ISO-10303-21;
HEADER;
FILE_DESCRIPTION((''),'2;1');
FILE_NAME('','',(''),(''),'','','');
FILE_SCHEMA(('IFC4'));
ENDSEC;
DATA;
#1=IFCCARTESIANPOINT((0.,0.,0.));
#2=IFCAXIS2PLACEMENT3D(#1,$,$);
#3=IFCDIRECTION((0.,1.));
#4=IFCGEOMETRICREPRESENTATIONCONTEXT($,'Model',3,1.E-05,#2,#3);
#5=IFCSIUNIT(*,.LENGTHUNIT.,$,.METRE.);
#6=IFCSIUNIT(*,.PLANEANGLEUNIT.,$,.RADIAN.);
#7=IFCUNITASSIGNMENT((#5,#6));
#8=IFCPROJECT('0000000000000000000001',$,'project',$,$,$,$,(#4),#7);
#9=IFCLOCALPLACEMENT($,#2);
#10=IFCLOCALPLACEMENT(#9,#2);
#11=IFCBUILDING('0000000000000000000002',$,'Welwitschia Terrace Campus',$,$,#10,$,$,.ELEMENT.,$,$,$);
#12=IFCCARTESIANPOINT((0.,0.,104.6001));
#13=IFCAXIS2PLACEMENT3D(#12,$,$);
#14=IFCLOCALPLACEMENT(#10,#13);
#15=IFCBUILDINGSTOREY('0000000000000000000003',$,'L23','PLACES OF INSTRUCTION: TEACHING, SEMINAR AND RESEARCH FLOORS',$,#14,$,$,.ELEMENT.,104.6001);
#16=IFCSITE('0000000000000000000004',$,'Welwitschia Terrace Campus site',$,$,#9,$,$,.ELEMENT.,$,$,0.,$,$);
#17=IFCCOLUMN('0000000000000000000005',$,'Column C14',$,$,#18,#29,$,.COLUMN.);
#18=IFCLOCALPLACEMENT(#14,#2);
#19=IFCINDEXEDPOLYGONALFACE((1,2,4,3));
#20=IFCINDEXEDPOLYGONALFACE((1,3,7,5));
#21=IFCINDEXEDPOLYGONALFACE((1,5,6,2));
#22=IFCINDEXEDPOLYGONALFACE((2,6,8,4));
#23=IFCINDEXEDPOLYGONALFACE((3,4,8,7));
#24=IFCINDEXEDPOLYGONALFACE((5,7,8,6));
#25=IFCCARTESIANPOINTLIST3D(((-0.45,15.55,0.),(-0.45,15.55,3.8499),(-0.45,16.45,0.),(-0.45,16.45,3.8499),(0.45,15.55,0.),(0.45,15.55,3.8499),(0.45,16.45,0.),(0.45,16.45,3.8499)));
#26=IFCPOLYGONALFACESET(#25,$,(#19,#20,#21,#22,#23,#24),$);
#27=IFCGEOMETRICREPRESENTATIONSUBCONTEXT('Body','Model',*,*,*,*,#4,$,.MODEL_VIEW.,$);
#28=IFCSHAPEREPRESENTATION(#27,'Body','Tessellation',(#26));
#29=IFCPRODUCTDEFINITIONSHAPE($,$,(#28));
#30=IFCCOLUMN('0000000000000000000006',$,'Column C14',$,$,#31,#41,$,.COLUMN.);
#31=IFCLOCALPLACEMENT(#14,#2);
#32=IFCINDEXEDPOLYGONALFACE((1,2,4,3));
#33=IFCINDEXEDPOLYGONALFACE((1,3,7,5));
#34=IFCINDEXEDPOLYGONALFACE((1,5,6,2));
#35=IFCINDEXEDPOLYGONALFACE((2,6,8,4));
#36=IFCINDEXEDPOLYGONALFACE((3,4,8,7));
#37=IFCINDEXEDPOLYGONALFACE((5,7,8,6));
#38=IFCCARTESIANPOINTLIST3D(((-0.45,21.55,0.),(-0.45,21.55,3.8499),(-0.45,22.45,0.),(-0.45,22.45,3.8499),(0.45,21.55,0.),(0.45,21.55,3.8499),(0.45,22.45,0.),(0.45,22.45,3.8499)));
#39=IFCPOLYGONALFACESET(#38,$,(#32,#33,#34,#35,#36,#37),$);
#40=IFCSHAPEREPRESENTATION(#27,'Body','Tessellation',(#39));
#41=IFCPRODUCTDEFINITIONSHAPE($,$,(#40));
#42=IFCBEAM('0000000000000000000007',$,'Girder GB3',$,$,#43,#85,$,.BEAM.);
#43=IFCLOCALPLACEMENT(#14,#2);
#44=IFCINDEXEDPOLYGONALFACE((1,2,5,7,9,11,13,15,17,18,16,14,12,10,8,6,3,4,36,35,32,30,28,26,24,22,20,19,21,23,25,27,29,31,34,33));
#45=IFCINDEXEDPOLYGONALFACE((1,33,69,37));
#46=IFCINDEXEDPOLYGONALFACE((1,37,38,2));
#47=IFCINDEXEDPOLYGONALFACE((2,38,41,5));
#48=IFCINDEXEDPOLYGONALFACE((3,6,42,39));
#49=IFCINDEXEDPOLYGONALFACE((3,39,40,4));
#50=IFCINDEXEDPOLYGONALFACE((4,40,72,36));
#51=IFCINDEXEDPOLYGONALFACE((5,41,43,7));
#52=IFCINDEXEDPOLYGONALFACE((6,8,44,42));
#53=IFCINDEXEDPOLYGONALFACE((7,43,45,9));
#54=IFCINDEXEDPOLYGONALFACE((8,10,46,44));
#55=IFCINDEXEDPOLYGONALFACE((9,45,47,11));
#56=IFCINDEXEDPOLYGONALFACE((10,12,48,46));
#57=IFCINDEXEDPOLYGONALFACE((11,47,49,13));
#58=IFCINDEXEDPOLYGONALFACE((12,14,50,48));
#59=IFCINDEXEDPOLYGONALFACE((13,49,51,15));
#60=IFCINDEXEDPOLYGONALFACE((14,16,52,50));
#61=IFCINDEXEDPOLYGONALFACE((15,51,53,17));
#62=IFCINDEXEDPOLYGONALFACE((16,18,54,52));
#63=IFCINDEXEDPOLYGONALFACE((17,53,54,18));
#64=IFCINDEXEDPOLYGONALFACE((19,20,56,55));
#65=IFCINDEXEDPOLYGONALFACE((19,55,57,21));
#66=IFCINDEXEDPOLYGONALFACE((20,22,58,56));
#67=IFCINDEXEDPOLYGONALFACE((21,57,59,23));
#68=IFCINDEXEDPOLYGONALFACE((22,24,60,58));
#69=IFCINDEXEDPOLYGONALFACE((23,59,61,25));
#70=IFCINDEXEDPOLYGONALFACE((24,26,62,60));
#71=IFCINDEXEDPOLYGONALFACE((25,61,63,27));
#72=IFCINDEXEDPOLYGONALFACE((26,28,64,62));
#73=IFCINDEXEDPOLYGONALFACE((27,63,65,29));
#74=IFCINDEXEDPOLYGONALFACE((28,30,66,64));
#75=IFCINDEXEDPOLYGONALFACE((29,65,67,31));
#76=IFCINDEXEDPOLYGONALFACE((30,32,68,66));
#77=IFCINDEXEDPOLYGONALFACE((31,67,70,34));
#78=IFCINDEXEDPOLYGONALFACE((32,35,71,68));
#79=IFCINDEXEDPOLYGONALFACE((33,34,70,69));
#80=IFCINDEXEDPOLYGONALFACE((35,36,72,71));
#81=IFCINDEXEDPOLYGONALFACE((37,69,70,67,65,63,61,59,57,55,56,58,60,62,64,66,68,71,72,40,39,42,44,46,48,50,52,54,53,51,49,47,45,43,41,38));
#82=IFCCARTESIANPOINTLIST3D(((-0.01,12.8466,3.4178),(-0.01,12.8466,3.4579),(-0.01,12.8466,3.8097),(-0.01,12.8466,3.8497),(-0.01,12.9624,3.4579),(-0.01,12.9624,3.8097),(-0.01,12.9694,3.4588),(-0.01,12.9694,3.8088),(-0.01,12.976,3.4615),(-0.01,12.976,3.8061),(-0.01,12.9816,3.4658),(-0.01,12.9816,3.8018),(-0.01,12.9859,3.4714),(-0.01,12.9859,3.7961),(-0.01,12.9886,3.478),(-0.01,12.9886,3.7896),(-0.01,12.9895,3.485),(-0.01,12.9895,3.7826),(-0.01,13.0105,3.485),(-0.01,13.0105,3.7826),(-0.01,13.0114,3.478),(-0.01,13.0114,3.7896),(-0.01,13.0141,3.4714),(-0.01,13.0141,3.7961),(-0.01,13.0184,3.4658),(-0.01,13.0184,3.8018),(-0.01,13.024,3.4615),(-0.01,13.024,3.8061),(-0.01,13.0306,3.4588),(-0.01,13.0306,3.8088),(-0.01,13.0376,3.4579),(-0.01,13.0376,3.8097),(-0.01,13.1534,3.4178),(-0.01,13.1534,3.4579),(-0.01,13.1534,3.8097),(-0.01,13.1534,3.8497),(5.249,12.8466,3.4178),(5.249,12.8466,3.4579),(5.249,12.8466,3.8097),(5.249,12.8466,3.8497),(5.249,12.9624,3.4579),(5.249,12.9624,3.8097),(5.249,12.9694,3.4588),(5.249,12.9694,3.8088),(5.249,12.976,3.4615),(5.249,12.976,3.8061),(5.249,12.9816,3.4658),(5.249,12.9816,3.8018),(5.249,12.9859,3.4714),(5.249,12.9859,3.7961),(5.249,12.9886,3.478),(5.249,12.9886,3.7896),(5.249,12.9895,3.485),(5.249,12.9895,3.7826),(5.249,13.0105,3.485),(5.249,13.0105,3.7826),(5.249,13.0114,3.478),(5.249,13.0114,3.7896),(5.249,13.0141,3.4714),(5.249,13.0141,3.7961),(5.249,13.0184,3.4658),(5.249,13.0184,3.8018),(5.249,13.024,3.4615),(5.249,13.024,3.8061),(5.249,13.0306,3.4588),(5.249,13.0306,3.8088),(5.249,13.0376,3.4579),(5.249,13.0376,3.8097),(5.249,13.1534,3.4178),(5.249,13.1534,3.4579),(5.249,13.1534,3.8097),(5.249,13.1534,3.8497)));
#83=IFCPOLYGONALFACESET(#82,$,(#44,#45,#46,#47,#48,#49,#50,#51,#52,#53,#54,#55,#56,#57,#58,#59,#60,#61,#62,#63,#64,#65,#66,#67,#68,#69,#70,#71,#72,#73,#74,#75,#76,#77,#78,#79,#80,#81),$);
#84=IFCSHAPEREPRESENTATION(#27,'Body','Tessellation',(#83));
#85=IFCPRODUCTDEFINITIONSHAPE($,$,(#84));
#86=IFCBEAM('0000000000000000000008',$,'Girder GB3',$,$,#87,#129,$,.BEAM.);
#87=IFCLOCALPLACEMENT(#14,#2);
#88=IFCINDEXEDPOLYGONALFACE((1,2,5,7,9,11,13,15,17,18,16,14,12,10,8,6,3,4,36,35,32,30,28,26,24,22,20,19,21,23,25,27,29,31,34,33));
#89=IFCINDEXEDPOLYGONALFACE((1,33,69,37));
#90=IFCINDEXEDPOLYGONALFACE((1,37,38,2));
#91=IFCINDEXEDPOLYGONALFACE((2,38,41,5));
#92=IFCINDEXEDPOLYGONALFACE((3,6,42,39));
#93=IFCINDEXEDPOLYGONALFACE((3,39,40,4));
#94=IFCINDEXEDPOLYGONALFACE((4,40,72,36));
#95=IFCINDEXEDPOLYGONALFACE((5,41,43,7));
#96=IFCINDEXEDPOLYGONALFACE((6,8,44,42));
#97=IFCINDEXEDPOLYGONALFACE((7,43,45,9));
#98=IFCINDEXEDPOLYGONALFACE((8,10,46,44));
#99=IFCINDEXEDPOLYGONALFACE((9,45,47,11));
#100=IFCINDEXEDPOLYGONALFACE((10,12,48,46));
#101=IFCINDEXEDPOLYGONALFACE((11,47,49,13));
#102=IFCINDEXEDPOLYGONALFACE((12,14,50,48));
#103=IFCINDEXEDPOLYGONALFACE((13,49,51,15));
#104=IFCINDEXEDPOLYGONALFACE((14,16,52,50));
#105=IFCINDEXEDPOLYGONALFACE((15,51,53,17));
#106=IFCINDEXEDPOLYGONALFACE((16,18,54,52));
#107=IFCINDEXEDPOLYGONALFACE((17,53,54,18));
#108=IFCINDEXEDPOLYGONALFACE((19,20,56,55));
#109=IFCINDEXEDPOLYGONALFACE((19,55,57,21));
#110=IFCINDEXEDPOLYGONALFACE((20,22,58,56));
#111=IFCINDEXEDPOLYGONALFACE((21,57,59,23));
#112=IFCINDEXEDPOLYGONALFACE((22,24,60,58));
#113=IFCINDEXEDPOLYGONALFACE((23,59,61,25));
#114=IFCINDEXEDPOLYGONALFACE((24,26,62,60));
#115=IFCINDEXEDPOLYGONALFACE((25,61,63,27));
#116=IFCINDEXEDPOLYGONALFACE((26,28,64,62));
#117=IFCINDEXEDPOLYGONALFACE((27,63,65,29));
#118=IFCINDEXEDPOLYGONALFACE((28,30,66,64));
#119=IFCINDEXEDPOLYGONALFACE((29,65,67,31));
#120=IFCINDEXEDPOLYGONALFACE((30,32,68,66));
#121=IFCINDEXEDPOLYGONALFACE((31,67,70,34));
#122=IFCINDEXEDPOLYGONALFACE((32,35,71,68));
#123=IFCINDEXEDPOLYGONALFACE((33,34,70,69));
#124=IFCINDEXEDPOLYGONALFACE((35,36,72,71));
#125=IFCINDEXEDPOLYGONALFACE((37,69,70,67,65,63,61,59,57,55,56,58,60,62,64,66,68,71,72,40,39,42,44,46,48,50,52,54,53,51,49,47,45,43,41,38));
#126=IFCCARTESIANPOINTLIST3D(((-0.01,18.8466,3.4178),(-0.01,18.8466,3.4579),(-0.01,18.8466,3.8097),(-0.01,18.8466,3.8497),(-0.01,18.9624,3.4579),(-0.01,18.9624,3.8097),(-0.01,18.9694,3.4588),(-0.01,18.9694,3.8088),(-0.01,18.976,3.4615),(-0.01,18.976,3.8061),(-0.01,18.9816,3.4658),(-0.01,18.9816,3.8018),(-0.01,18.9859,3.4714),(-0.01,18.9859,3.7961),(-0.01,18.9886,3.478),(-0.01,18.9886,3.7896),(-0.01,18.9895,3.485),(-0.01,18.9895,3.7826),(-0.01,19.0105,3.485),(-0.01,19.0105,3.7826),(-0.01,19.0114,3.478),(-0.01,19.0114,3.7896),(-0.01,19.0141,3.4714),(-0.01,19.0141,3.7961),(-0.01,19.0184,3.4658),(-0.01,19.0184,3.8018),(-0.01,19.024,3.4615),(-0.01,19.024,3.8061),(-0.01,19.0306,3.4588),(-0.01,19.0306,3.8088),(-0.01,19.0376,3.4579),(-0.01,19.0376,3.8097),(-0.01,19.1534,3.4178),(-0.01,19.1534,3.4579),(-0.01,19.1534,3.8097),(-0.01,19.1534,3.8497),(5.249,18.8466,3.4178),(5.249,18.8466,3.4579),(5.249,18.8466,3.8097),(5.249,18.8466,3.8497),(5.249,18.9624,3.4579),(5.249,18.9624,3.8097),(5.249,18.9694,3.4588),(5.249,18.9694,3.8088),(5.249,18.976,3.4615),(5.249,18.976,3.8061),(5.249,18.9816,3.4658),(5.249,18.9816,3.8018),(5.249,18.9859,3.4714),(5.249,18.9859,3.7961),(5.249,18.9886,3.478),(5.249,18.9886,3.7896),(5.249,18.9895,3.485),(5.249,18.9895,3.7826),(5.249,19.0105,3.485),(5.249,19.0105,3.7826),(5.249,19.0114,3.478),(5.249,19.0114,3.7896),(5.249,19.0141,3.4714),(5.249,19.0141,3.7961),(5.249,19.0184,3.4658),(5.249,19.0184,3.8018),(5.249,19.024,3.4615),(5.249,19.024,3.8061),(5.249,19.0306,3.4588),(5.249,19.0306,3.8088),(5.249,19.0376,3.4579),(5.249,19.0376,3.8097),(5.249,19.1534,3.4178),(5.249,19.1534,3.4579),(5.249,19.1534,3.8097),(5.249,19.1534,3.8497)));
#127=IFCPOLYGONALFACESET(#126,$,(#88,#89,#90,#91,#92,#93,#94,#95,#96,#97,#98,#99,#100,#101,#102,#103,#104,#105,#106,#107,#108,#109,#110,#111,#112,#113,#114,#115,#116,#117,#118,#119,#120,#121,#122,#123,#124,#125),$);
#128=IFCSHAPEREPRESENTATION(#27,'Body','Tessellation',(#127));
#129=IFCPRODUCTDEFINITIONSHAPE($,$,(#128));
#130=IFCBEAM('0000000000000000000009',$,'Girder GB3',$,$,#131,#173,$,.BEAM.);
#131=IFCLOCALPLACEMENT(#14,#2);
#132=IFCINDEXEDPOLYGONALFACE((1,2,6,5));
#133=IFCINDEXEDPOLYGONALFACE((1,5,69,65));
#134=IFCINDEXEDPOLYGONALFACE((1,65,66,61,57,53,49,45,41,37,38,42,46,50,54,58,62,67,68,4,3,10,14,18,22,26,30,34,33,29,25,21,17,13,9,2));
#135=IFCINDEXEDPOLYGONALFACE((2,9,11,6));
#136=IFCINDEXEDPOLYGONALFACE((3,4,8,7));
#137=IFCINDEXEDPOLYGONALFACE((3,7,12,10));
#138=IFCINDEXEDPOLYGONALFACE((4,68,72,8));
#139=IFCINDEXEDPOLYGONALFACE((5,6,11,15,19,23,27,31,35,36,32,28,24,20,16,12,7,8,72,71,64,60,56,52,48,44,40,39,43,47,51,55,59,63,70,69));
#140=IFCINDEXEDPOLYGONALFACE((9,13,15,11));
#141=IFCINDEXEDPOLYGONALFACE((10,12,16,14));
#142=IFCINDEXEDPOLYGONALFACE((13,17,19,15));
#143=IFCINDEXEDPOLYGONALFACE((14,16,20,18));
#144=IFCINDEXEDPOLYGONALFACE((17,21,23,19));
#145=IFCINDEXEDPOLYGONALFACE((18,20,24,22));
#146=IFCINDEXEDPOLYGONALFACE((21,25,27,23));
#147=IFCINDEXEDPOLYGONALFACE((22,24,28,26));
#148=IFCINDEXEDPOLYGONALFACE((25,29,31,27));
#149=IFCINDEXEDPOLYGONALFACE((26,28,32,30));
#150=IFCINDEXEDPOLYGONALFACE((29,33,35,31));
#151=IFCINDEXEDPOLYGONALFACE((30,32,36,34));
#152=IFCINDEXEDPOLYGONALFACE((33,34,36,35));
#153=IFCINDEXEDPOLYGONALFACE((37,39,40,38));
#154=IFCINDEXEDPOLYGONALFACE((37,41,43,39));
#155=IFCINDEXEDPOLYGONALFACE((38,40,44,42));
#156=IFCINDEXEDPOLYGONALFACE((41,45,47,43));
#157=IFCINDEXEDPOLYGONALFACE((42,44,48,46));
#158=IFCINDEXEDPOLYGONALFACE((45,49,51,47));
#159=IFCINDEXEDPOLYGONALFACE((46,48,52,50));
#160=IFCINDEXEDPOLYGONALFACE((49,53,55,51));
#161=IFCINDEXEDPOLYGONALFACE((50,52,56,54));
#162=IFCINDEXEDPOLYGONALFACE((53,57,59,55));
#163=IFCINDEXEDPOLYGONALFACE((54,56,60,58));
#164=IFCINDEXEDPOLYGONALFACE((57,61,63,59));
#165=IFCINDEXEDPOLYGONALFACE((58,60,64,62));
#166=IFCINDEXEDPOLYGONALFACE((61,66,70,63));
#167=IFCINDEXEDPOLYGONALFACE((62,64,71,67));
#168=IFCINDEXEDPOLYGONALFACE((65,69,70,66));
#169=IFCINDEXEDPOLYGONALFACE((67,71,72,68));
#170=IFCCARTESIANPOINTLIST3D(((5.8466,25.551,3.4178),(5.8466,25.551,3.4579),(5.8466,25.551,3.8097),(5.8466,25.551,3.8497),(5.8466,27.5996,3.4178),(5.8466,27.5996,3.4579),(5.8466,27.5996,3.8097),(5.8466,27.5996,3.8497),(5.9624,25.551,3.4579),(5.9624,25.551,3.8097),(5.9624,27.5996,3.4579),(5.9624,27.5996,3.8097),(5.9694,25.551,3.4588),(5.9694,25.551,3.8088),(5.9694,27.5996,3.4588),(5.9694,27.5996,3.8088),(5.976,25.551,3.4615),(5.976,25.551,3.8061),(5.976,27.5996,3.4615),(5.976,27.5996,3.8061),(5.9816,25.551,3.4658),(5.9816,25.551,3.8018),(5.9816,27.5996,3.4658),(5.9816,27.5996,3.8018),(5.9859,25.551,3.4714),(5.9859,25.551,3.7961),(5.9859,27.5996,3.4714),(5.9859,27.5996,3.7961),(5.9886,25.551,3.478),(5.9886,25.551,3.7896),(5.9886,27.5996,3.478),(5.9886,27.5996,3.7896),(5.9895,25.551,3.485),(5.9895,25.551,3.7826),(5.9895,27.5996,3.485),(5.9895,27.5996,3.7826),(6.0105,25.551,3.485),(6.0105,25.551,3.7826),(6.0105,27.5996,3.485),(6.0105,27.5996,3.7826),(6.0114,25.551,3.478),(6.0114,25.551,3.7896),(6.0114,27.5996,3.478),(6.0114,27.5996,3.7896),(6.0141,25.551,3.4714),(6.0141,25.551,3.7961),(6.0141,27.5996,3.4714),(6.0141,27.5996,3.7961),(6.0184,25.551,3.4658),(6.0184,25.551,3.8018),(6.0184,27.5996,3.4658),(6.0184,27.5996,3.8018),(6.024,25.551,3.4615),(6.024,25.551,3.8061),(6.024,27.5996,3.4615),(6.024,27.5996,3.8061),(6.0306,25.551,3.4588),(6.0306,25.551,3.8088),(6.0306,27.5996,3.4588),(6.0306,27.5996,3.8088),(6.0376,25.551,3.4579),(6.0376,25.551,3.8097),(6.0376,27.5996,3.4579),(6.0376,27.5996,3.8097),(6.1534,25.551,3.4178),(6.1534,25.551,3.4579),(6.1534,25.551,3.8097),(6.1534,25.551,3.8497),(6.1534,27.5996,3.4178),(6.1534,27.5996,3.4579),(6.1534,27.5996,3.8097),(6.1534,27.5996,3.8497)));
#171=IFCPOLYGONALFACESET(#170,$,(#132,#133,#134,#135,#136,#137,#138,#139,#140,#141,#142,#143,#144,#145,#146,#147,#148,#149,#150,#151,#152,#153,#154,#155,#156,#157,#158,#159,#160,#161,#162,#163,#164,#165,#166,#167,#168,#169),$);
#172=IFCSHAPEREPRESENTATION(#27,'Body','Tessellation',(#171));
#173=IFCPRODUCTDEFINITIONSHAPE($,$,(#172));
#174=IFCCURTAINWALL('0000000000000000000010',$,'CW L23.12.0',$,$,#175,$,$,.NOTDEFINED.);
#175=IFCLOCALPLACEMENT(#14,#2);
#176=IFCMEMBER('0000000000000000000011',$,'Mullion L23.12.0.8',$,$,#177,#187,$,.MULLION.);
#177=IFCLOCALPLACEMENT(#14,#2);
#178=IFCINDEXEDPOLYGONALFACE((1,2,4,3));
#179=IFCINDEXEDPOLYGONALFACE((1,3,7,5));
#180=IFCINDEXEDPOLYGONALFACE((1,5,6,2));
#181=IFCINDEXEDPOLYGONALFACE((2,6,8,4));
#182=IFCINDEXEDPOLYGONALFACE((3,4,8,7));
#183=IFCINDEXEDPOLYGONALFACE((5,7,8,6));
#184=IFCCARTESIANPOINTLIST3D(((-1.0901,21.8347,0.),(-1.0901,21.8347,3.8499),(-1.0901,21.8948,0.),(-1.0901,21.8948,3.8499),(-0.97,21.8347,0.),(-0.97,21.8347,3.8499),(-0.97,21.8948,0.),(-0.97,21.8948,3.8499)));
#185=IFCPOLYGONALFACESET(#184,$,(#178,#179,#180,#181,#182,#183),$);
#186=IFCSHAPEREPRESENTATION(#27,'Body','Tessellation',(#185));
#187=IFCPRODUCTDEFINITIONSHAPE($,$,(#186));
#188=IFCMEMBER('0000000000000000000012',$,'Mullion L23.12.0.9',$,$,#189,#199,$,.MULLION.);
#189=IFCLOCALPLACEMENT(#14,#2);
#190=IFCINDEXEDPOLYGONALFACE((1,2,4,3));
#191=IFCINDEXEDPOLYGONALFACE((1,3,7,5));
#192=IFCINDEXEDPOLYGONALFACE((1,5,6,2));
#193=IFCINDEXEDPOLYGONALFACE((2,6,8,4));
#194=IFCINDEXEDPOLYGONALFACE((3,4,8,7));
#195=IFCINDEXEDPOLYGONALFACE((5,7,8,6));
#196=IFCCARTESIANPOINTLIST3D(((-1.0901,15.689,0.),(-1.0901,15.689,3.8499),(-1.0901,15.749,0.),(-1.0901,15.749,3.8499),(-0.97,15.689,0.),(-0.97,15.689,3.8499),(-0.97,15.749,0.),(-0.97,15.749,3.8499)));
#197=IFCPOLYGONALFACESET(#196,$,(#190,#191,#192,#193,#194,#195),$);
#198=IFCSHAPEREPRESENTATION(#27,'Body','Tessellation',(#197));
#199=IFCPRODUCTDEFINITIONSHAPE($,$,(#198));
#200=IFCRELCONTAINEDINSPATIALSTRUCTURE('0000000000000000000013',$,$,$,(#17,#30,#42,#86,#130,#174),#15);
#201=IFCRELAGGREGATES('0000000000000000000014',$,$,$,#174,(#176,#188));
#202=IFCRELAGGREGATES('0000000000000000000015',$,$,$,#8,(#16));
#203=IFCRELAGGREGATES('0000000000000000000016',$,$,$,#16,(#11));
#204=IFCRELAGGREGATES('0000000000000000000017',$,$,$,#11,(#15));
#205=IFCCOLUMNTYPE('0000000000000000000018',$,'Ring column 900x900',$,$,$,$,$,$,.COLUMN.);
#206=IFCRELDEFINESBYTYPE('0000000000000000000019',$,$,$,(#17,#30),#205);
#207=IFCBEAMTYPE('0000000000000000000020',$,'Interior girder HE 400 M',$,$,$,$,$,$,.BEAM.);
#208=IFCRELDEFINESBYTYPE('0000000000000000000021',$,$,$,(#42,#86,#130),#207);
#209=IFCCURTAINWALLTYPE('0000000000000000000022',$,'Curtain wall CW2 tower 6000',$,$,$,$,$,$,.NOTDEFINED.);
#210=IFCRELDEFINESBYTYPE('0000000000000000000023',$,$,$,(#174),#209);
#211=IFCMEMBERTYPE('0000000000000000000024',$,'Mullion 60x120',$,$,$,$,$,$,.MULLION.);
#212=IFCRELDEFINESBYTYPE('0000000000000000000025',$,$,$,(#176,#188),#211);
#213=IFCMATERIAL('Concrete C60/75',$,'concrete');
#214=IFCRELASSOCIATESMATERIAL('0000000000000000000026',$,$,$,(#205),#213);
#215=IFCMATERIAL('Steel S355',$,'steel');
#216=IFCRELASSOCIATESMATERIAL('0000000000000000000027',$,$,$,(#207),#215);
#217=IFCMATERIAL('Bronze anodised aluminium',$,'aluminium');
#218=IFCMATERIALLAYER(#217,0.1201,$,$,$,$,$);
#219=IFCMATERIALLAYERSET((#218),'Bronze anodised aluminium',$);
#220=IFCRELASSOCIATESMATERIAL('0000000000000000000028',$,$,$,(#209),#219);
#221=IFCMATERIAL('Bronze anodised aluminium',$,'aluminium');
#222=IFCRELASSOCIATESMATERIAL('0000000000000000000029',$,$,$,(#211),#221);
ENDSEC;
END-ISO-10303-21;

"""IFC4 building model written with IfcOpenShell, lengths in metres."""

from ifc_helpers import new_model, si_unit, direction, frame, origin, origin_2d, place, context, subcontext, project, spatial, rectangle, i_section, extrude, material, layer, layer_set, material_profile, profile_set, type_object, element, aggregate, save


model = new_model("IFC4")

# Units and contexts
model_context = context("Model", 3, precision=1e-05, world=origin(), true_north=direction((0.0, 1.0)))
body_context = subcontext(model_context, "Body", "Model", "MODEL_VIEW")
ifc_project = project(units=[si_unit("LENGTHUNIT", "METRE"), si_unit("PLANEANGLEUNIT", "RADIAN")], contexts=[model_context])

# Site, building, storey
site_placement = place(None, origin())
site = spatial("IfcSite", under=ifc_project, at=site_placement, Name="Welwitschia Terrace Campus site", CompositionType="ELEMENT", RefElevation=0.0)
building_placement = place(site_placement, origin())
building = spatial("IfcBuilding", under=site, at=building_placement, Name="Welwitschia Terrace Campus", CompositionType="ELEMENT")
storey_placement = place(building_placement, frame((0.0, 0.0, 104.6001)))
storey = spatial("IfcBuildingStorey", under=building, at=storey_placement, Name="L23", Description="PLACES OF INSTRUCTION: TEACHING, SEMINAR AND RESEARCH FLOORS", CompositionType="ELEMENT", Elevation=104.6001)

# Columns
ifc_material_1 = material(Name="Concrete C60/75", Category="concrete")
ifc_material_profile_1 = material_profile(ifc_material_1, rectangle(XDim=0.8999, YDim=0.8999, at=origin_2d()))
ifc_profile_set_1 = profile_set([ifc_material_profile_1], Name="Concrete C60/75")
column_type = type_object("IfcColumnType", Name="Ring column 900x900", PredefinedType="COLUMN", material=ifc_profile_set_1)
for number, where, z_axis, x_axis, name in (
    (1, (0.0, 16.0, 0.0), (0.0, 0.0, 1.0), (1.0, 0.0, 0.0), "Column C14"),
    (2, (0.0, 22.0, 0.0), (0.0, 0.0, 1.0), (1.0, 0.0, 0.0), "Column C14"),
):
    element("IfcColumn", number, at=place(storey_placement, frame(where, z_axis=z_axis, x_axis=x_axis)), inside=storey, type_object=column_type, Name=name, PredefinedType="COLUMN", context=body_context, shape_type="SweptSolid", body=[
        extrude(rectangle(XDim=0.8999, YDim=0.8999, at=origin_2d()), origin(), (0.0, 0.0, 1.0), 3.8499),
    ])

# Beams
ifc_material_2 = material(Name="Steel S355", Category="steel")
ifc_material_profile_2 = material_profile(ifc_material_2, i_section(OverallWidth=0.3069, OverallDepth=0.4319, WebThickness=0.021, FlangeThickness=0.04, FilletRadius=0.0271, at=origin_2d()))
ifc_profile_set_2 = profile_set([ifc_material_profile_2], Name="Steel S355")
beam_type_1 = type_object("IfcBeamType", Name="Interior girder HE 400 M", PredefinedType="BEAM", material=ifc_profile_set_2)
for number, where, z_axis, x_axis, name in (
    (3, (-0.01, 13.0, 3.6338), (1.0, 0.0, 0.0), (0.0, 1.0, 0.0), "Girder GB3"),
    (4, (-0.01, 19.0, 3.6338), (1.0, 0.0, 0.0), (0.0, 1.0, 0.0), "Girder GB3"),
):
    element("IfcBeam", number, at=place(storey_placement, frame(where, z_axis=z_axis, x_axis=x_axis)), inside=storey, type_object=beam_type_1, Name=name, PredefinedType="BEAM", context=body_context, shape_type="SweptSolid", body=[
        extrude(i_section(OverallWidth=0.3069, OverallDepth=0.4319, WebThickness=0.021, FlangeThickness=0.04, FilletRadius=0.0271, at=origin_2d()), origin(), (0.0, 0.0, 1.0), 5.259),
    ])
beam_1_placement = place(storey_placement, frame((6.0, 25.551, 3.6338), z_axis=(0.0, 1.0, 0.0), x_axis=(-1.0, 0.0, 0.0)))
element("IfcBeam", 5, at=beam_1_placement, inside=storey, type_object=beam_type_1, Name="Girder GB3", PredefinedType="BEAM", context=body_context, shape_type="SweptSolid", body=[
    extrude(i_section(OverallWidth=0.3069, OverallDepth=0.4319, WebThickness=0.021, FlangeThickness=0.04, FilletRadius=0.0271, at=origin_2d()), origin(), (0.0, 0.0, 1.0), 2.0486),
])

# Curtain wall, members
ifc_material_3 = material(Name="Bronze anodised aluminium", Category="aluminium")
ifc_layer_1 = layer(ifc_material_3, 0.1201)
ifc_layer_set_1 = layer_set([ifc_layer_1], Name="Bronze anodised aluminium")
curtain_wall_type = type_object("IfcCurtainWallType", Name="Curtain wall CW2 tower 6000", PredefinedType="NOTDEFINED", material=ifc_layer_set_1)
curtain_wall_placement = place(storey_placement, origin())
curtain_wall = element("IfcCurtainWall", 6, at=curtain_wall_placement, inside=storey, type_object=curtain_wall_type, Name="CW L23.12.0", PredefinedType="NOTDEFINED")
ifc_material_4 = material(Name="Bronze anodised aluminium", Category="aluminium")
ifc_material_profile_3 = material_profile(ifc_material_4, rectangle(XDim=0.1201, YDim=0.0601, at=origin_2d()))
ifc_profile_set_3 = profile_set([ifc_material_profile_3], Name="Bronze anodised aluminium")
member_type = type_object("IfcMemberType", Name="Mullion 60x120", PredefinedType="MULLION", material=ifc_profile_set_3)
member_1_placement = place(storey_placement, frame((-1.03, 21.8647, 0.0), z_axis=(0.0, 0.0, 1.0), x_axis=(1.0, 0.0, 0.0)))
member_1 = element("IfcMember", 7, at=member_1_placement, type_object=member_type, Name="Mullion L23.12.0.8", PredefinedType="MULLION", context=body_context, shape_type="SweptSolid", body=[
    extrude(rectangle(XDim=0.1201, YDim=0.0601, at=origin_2d()), origin(), (0.0, 0.0, 1.0), 3.8499),
])
member_2_placement = place(storey_placement, frame((-1.03, 15.719, 0.0), z_axis=(0.0, 0.0, 1.0), x_axis=(1.0, 0.0, 0.0)))
member_2 = element("IfcMember", 8, at=member_2_placement, type_object=member_type, Name="Mullion L23.12.0.9", PredefinedType="MULLION", context=body_context, shape_type="SweptSolid", body=[
    extrude(rectangle(XDim=0.1201, YDim=0.0601, at=origin_2d()), origin(), (0.0, 0.0, 1.0), 3.8499),
])

aggregate(curtain_wall, [member_1, member_2])

save(model, "model.ifc")
